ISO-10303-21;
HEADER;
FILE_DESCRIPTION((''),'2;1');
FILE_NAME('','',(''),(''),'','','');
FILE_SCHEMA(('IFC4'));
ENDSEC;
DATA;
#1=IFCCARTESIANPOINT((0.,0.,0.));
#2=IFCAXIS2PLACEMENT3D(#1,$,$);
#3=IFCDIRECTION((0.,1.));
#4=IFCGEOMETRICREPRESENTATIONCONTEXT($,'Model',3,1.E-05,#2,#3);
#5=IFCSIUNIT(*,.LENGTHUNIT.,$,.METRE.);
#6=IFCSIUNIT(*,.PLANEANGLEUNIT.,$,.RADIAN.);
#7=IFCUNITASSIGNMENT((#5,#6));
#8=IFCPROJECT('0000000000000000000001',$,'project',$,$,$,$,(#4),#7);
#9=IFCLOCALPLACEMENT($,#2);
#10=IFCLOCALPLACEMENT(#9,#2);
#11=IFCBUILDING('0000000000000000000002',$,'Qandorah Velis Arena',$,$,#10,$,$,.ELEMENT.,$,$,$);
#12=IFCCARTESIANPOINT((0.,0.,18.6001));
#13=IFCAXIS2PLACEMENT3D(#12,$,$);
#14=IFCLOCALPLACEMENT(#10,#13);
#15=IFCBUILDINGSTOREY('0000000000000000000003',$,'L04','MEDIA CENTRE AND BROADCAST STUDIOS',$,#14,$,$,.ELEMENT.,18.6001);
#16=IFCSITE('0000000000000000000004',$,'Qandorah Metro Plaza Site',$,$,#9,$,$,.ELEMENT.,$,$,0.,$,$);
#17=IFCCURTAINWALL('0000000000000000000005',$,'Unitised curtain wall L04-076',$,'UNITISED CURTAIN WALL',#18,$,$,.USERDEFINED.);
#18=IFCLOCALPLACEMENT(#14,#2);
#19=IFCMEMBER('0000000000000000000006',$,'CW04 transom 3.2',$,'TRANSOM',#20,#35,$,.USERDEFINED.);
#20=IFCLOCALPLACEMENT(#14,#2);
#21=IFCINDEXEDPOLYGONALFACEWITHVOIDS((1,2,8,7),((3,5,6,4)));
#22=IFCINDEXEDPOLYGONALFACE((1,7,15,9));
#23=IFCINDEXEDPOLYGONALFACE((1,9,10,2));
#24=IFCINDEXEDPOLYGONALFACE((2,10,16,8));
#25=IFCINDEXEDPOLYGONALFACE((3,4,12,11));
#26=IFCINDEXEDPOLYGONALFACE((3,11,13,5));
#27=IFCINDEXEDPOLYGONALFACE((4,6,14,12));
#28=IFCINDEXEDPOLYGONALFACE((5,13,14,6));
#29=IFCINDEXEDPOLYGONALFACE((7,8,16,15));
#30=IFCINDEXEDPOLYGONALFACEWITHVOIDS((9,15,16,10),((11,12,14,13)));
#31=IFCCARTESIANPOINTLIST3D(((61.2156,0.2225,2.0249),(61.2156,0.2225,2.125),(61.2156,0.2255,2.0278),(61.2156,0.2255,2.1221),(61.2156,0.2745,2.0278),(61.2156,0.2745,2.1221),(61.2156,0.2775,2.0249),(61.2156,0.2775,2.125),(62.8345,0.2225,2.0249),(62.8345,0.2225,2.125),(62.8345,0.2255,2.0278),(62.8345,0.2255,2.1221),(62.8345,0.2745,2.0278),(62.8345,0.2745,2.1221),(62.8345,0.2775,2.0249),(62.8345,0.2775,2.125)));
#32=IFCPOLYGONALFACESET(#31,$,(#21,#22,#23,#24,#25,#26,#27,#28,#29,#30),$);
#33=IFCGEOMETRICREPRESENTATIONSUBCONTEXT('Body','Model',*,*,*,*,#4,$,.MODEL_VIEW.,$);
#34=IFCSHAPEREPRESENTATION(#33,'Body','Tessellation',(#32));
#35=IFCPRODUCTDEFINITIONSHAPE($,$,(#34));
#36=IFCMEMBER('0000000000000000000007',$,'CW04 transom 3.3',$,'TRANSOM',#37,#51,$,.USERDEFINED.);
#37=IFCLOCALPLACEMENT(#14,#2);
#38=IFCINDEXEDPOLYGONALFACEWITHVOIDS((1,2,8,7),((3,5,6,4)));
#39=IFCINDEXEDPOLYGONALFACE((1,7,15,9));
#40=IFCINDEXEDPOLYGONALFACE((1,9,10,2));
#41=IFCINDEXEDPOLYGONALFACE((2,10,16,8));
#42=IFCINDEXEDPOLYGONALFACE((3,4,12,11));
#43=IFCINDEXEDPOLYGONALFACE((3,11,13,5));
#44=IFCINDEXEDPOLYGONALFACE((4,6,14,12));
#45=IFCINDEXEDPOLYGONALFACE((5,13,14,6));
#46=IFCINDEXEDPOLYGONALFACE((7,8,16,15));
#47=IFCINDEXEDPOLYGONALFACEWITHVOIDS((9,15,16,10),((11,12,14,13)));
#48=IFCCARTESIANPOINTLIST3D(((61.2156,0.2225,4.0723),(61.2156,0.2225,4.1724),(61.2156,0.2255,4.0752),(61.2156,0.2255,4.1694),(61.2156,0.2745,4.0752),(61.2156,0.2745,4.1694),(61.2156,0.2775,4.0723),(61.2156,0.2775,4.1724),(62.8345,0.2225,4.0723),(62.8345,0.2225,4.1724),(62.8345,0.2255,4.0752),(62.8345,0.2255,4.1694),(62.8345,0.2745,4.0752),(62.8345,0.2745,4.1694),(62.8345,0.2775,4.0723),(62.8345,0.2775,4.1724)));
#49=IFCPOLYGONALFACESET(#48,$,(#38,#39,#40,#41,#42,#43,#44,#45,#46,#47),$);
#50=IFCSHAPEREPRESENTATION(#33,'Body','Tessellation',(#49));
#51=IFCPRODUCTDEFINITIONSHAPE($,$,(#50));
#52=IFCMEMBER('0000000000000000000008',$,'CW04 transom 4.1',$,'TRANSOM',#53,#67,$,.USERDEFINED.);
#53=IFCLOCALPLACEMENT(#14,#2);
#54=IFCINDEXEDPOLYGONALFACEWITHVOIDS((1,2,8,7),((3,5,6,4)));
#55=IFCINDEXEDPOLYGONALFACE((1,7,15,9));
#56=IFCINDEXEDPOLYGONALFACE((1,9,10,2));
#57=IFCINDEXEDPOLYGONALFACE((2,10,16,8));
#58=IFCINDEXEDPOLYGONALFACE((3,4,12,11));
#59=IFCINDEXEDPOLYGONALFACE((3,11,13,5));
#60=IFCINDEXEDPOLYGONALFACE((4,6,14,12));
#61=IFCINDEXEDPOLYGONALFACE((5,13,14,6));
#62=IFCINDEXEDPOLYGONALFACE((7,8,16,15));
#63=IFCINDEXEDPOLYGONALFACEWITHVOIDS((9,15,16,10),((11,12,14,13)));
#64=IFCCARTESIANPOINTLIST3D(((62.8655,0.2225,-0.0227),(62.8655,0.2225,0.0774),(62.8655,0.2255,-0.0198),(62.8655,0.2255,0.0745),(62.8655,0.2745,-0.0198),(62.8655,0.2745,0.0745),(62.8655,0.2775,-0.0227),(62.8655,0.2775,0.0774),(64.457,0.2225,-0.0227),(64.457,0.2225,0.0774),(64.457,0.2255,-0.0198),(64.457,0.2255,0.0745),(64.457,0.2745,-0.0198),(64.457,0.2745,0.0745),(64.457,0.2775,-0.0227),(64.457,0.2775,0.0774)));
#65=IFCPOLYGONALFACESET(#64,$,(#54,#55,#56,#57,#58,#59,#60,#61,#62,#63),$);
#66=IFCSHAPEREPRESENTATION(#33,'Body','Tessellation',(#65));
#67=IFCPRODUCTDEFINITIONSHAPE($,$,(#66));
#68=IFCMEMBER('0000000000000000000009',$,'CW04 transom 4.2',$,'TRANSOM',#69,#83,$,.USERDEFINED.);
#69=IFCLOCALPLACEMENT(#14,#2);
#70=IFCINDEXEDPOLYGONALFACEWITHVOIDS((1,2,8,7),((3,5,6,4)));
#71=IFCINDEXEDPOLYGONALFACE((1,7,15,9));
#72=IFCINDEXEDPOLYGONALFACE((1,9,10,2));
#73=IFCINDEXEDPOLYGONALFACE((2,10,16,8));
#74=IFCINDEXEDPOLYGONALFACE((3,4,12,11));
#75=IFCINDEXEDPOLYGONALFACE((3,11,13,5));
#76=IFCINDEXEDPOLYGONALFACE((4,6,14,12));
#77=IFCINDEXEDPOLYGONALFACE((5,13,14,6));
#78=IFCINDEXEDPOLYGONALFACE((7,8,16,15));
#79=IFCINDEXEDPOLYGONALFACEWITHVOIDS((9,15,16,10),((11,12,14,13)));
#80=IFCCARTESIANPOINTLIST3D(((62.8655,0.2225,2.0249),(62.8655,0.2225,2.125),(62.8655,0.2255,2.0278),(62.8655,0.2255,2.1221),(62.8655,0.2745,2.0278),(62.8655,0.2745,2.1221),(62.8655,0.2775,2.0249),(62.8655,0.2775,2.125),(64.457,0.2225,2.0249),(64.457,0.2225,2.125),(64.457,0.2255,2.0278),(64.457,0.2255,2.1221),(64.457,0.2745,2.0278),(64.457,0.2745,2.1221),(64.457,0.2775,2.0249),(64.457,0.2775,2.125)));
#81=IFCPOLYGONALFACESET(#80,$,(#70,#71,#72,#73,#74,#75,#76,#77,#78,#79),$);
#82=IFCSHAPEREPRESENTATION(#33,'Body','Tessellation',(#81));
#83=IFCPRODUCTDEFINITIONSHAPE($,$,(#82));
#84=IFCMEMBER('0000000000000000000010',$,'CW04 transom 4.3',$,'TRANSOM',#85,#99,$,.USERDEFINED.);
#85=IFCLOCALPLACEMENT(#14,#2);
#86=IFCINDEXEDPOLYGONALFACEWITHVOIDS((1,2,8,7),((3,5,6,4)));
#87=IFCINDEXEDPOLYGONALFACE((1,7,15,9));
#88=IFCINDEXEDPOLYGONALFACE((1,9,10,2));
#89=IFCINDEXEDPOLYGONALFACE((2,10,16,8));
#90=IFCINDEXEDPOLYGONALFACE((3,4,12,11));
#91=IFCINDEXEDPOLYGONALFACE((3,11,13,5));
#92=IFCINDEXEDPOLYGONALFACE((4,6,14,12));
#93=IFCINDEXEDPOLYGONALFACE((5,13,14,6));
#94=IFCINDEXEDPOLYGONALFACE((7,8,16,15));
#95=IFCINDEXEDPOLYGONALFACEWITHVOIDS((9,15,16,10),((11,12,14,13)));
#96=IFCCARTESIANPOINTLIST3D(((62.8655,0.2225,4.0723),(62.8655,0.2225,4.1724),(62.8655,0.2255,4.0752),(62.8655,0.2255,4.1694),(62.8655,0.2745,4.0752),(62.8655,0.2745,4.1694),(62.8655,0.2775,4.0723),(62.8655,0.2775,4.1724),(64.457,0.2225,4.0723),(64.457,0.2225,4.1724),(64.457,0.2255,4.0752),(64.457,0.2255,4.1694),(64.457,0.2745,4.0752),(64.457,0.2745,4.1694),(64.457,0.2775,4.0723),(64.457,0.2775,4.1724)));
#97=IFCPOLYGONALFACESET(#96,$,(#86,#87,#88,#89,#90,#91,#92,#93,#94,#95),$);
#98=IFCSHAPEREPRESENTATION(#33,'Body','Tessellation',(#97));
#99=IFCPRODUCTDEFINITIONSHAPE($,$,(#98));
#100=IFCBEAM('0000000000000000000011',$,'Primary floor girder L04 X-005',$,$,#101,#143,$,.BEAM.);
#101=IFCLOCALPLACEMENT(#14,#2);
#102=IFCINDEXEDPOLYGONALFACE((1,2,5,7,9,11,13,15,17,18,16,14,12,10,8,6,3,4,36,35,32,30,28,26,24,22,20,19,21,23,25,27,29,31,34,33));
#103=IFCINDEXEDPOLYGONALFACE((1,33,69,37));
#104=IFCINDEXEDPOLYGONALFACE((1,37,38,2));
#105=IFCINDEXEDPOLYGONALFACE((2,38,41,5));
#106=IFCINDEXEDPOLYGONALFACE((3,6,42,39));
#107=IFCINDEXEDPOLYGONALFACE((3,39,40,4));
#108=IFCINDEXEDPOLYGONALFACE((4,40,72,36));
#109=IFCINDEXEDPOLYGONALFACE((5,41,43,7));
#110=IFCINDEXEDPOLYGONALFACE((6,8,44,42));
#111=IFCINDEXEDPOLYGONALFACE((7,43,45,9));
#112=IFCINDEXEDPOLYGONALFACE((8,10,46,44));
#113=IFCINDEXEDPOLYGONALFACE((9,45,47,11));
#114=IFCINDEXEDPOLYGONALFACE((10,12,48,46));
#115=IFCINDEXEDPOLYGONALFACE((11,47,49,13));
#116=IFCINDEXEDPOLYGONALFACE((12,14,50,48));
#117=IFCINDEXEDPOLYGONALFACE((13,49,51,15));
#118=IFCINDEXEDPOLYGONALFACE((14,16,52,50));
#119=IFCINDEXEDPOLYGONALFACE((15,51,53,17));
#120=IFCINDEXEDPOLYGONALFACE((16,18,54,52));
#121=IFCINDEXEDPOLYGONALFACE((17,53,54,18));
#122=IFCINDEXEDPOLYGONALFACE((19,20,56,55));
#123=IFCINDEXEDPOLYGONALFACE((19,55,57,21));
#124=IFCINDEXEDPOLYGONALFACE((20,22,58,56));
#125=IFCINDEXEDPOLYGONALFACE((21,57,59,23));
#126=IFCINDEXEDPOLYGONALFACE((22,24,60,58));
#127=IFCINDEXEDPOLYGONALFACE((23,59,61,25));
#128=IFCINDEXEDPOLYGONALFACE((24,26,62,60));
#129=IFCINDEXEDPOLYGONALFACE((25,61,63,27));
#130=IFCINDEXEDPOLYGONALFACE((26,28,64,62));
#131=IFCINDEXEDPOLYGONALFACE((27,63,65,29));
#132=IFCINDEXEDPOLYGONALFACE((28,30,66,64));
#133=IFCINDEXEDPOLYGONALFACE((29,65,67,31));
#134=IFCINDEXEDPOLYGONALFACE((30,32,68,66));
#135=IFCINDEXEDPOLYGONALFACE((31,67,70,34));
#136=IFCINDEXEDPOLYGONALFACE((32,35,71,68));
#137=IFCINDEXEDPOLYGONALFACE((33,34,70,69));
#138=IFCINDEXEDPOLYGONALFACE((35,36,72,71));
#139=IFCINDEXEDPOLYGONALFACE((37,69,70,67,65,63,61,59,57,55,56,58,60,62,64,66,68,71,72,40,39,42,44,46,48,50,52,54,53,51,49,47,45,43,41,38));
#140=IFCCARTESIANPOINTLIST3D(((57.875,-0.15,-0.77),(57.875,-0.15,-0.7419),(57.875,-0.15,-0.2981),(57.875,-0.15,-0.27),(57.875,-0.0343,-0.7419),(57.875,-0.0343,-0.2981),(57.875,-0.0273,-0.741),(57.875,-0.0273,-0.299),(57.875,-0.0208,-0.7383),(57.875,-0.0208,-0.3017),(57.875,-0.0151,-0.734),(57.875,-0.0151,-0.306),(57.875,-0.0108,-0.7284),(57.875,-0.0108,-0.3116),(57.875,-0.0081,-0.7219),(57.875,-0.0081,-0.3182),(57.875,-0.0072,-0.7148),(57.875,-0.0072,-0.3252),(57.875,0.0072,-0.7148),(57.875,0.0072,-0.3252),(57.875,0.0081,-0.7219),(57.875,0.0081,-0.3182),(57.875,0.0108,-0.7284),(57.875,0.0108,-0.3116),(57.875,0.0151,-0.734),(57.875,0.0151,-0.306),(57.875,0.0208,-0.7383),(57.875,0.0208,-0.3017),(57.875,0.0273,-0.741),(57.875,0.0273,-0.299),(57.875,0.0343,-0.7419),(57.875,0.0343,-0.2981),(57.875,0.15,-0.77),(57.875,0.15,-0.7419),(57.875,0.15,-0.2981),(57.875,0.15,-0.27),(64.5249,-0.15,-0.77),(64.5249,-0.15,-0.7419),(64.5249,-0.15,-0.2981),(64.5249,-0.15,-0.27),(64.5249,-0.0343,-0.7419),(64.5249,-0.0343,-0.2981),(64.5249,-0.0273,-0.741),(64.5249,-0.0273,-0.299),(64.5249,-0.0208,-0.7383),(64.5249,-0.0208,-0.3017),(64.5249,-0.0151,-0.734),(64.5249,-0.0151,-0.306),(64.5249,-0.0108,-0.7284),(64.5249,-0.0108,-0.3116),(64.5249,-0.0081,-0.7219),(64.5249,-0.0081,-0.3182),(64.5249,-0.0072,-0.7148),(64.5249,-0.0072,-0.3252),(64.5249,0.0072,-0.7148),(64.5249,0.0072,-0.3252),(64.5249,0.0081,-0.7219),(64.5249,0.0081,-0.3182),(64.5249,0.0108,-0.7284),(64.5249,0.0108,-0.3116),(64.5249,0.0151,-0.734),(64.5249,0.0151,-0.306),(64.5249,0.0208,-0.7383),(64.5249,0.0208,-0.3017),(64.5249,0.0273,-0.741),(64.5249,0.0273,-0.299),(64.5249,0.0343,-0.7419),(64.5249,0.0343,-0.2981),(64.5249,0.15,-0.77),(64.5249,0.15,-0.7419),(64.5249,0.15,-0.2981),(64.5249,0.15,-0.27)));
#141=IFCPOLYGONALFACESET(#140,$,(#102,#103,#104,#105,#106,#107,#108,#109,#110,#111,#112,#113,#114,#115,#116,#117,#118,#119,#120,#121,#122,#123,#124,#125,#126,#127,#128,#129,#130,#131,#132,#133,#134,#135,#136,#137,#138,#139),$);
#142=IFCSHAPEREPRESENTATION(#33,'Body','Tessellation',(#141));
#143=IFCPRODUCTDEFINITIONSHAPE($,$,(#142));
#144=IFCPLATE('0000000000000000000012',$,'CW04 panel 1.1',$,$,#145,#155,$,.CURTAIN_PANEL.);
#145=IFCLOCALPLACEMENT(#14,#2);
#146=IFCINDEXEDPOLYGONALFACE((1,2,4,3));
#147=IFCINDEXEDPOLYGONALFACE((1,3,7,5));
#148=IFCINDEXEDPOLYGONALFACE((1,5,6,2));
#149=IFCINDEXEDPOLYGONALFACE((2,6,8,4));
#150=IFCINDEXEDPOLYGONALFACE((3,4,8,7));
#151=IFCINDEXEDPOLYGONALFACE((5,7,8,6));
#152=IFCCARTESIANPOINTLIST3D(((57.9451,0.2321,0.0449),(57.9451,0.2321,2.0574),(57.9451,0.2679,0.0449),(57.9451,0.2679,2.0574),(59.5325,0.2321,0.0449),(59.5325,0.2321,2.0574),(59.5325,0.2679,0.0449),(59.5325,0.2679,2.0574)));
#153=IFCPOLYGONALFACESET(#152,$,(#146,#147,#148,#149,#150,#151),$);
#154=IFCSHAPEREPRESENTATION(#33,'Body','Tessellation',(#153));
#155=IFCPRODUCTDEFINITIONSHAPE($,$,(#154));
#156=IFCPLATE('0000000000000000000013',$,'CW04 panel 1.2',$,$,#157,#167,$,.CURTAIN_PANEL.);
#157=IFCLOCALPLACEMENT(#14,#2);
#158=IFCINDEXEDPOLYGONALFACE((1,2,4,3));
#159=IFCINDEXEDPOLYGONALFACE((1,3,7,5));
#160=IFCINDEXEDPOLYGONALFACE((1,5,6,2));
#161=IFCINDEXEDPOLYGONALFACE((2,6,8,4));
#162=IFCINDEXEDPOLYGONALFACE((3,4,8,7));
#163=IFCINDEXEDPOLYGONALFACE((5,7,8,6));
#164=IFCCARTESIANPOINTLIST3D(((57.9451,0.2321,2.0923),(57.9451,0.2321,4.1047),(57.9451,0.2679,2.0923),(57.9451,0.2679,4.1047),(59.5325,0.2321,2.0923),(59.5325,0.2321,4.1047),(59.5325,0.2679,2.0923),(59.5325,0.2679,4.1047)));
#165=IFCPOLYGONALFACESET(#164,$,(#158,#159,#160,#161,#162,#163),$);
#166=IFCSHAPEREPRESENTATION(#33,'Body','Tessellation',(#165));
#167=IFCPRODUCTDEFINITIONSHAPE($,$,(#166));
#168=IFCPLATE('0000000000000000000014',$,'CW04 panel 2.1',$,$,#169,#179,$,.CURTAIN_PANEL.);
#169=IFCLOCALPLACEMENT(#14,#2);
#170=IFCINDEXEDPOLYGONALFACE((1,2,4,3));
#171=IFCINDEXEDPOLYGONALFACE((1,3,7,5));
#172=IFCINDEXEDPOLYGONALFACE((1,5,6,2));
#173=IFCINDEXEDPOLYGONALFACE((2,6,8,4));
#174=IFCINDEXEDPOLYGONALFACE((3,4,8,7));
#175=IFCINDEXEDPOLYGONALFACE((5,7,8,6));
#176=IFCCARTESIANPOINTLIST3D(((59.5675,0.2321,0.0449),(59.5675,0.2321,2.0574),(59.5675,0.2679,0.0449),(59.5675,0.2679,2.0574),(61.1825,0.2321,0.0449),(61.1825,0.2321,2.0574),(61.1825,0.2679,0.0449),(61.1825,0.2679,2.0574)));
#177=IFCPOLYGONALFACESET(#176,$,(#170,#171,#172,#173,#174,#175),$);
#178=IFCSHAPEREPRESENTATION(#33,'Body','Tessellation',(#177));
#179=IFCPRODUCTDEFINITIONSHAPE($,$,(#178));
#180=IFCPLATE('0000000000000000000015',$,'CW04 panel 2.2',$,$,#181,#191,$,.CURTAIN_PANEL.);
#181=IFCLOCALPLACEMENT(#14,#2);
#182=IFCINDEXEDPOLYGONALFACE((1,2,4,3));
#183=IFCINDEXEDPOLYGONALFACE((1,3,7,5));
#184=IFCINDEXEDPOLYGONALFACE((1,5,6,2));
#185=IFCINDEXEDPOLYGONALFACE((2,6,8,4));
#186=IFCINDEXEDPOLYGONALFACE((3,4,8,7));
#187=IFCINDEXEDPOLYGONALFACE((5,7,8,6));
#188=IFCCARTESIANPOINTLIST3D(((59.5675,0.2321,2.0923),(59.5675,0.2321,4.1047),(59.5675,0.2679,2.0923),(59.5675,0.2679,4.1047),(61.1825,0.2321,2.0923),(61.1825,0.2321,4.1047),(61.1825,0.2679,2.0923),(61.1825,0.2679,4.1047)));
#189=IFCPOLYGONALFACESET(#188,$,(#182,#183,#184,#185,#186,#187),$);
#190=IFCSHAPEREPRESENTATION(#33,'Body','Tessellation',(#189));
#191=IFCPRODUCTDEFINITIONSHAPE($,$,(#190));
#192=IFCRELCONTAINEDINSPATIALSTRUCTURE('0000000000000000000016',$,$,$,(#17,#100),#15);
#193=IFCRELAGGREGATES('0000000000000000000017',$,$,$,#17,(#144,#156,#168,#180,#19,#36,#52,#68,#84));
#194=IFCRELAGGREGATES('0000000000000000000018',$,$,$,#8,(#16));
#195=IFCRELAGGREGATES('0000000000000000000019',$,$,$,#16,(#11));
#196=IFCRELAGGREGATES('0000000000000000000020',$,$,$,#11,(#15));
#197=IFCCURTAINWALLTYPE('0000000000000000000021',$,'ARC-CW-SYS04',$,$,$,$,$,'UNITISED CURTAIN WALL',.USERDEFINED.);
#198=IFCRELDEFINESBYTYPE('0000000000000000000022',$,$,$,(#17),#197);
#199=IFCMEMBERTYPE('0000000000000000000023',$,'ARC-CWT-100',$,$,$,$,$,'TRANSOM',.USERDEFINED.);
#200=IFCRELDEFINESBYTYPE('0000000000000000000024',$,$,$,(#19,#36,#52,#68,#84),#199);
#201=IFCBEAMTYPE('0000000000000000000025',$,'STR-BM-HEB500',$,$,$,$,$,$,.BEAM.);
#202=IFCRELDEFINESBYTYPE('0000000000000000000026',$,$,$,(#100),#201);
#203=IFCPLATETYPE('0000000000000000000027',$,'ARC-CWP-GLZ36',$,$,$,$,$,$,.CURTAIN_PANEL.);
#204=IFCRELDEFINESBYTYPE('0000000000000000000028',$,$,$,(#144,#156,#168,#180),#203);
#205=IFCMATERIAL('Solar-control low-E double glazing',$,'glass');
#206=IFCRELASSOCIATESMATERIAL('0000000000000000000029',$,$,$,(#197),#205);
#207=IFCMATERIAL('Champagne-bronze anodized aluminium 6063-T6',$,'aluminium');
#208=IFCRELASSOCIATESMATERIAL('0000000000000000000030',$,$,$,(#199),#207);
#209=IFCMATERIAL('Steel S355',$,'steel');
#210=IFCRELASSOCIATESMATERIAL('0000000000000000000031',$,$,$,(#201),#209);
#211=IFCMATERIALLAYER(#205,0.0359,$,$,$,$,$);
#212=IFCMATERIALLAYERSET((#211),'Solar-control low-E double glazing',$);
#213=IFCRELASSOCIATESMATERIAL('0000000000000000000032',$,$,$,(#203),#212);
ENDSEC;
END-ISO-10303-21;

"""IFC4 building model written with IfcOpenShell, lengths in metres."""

from ifc_helpers import new_model, si_unit, direction, frame, origin, origin_2d, place, context, subcontext, project, spatial, rectangle, hollow_rectangle, i_section, extrude, material, layer, layer_set, material_profile, profile_set, type_object, element, aggregate, save


model = new_model("IFC4")

# Units and contexts
model_context = context("Model", 3, precision=1e-05, world=origin(), true_north=direction((0.0, 1.0)))
body_context = subcontext(model_context, "Body", "Model", "MODEL_VIEW")
ifc_project = project(units=[si_unit("LENGTHUNIT", "METRE"), si_unit("PLANEANGLEUNIT", "RADIAN")], contexts=[model_context])

# Site, building, storey
site_placement = place(None, origin())
site = spatial("IfcSite", under=ifc_project, at=site_placement, Name="Qandorah Metro Plaza Site", CompositionType="ELEMENT", RefElevation=0.0)
building_placement = place(site_placement, origin())
building = spatial("IfcBuilding", under=site, at=building_placement, Name="Qandorah Velis Arena", CompositionType="ELEMENT")
storey_placement = place(building_placement, frame((0.0, 0.0, 18.6001)))
storey = spatial("IfcBuildingStorey", under=building, at=storey_placement, Name="L04", Description="MEDIA CENTRE AND BROADCAST STUDIOS", CompositionType="ELEMENT", Elevation=18.6001)

# Curtain wall, members
ifc_material_1 = material(Name="Solar-control low-E double glazing", Category="glass")
curtain_wall_type = type_object("IfcCurtainWallType", Name="ARC-CW-SYS04", ElementType="UNITISED CURTAIN WALL", PredefinedType="USERDEFINED", material=ifc_material_1)
curtain_wall_placement = place(storey_placement, origin())
curtain_wall = element("IfcCurtainWall", 1, at=curtain_wall_placement, inside=storey, type_object=curtain_wall_type, Name="Unitised curtain wall L04-076", ObjectType="UNITISED CURTAIN WALL", PredefinedType="USERDEFINED")
ifc_material_2 = material(Name="Champagne-bronze anodized aluminium 6063-T6", Category="aluminium")
ifc_material_profile_1 = material_profile(ifc_material_2, hollow_rectangle(XDim=0.0549, YDim=0.1001, WallThickness=0.0029, at=origin_2d()), Name="ALU TRANSOM 55x100")
ifc_profile_set_1 = profile_set([ifc_material_profile_1], Name="Champagne-bronze anodized aluminium 6063-T6")
member_type_1 = type_object("IfcMemberType", Name="ARC-CWT-100", ElementType="TRANSOM", PredefinedType="USERDEFINED", material=ifc_profile_set_1)
member_1_placement = place(storey_placement, frame((61.2156, 0.25, 2.075), z_axis=(1.0, 0.0, 0.0), x_axis=(0.0, 1.0, 0.0)))
member_1 = element("IfcMember", 2, at=member_1_placement, type_object=member_type_1, Name="CW04 transom 3.2", ObjectType="TRANSOM", PredefinedType="USERDEFINED", context=body_context, shape_type="SweptSolid", body=[
    extrude(hollow_rectangle(XDim=0.0549, YDim=0.1001, WallThickness=0.0029, at=origin_2d()), origin(), (0.0, 0.0, 1.0), 1.6189),
])
member_2_placement = place(storey_placement, frame((61.2156, 0.25, 4.1223), z_axis=(1.0, 0.0, 0.0), x_axis=(0.0, 1.0, 0.0)))
member_2 = element("IfcMember", 3, at=member_2_placement, type_object=member_type_1, Name="CW04 transom 3.3", ObjectType="TRANSOM", PredefinedType="USERDEFINED", context=body_context, shape_type="SweptSolid", body=[
    extrude(hollow_rectangle(XDim=0.0549, YDim=0.1001, WallThickness=0.0029, at=origin_2d()), origin(), (0.0, 0.0, 1.0), 1.6189),
])
member_3_placement = place(storey_placement, frame((62.8655, 0.25, 0.0273), z_axis=(1.0, 0.0, 0.0), x_axis=(0.0, 1.0, 0.0)))
member_3 = element("IfcMember", 4, at=member_3_placement, type_object=member_type_1, Name="CW04 transom 4.1", ObjectType="TRANSOM", PredefinedType="USERDEFINED", context=body_context, shape_type="SweptSolid", body=[
    extrude(hollow_rectangle(XDim=0.0549, YDim=0.1001, WallThickness=0.0029, at=origin_2d()), origin(), (0.0, 0.0, 1.0), 1.5916),
])
member_4_placement = place(storey_placement, frame((62.8655, 0.25, 2.075), z_axis=(1.0, 0.0, 0.0), x_axis=(0.0, 1.0, 0.0)))
member_4 = element("IfcMember", 5, at=member_4_placement, type_object=member_type_1, Name="CW04 transom 4.2", ObjectType="TRANSOM", PredefinedType="USERDEFINED", context=body_context, shape_type="SweptSolid", body=[
    extrude(hollow_rectangle(XDim=0.0549, YDim=0.1001, WallThickness=0.0029, at=origin_2d()), origin(), (0.0, 0.0, 1.0), 1.5916),
])
member_5_placement = place(storey_placement, frame((62.8655, 0.25, 4.1223), z_axis=(1.0, 0.0, 0.0), x_axis=(0.0, 1.0, 0.0)))
member_5 = element("IfcMember", 6, at=member_5_placement, type_object=member_type_1, Name="CW04 transom 4.3", ObjectType="TRANSOM", PredefinedType="USERDEFINED", context=body_context, shape_type="SweptSolid", body=[
    extrude(hollow_rectangle(XDim=0.0549, YDim=0.1001, WallThickness=0.0029, at=origin_2d()), origin(), (0.0, 0.0, 1.0), 1.5916),
])

# Beam
ifc_material_3 = material(Name="Steel S355", Category="steel")
ifc_material_profile_2 = material_profile(ifc_material_3, i_section(OverallWidth=0.3, OverallDepth=0.5, WebThickness=0.0144, FlangeThickness=0.0281, FilletRadius=0.0271, at=origin_2d()), Name="HEB 500")
ifc_profile_set_2 = profile_set([ifc_material_profile_2], Name="Steel S355")
beam_type = type_object("IfcBeamType", Name="STR-BM-HEB500", PredefinedType="BEAM", material=ifc_profile_set_2)
beam_placement = place(storey_placement, frame((57.875, 0.0, -0.52), z_axis=(1.0, 0.0, 0.0), x_axis=(0.0, 1.0, 0.0)))
element("IfcBeam", 7, at=beam_placement, inside=storey, type_object=beam_type, Name="Primary floor girder L04 X-005", PredefinedType="BEAM", context=body_context, shape_type="SweptSolid", body=[
    extrude(i_section(OverallWidth=0.3, OverallDepth=0.5, WebThickness=0.0144, FlangeThickness=0.0281, FilletRadius=0.0271, at=origin_2d()), origin(), (0.0, 0.0, 1.0), 6.6499),
])

# Plates
ifc_layer_1 = layer(ifc_material_1, 0.0359)
ifc_layer_set_1 = layer_set([ifc_layer_1], Name="Solar-control low-E double glazing")
plate_type = type_object("IfcPlateType", Name="ARC-CWP-GLZ36", PredefinedType="CURTAIN_PANEL", material=ifc_layer_set_1)
plate_1_placement = place(storey_placement, frame((58.7388, 0.25, 0.0449), z_axis=(0.0, 0.0, 1.0), x_axis=(1.0, 0.0, 0.0)))
plate_1 = element("IfcPlate", 8, at=plate_1_placement, type_object=plate_type, Name="CW04 panel 1.1", PredefinedType="CURTAIN_PANEL", context=body_context, shape_type="SweptSolid", body=[
    extrude(rectangle(XDim=1.5874, YDim=0.0359, at=origin_2d()), origin(), (0.0, 0.0, 1.0), 2.0125),
])
plate_2_placement = place(storey_placement, frame((58.7388, 0.25, 2.0923), z_axis=(0.0, 0.0, 1.0), x_axis=(1.0, 0.0, 0.0)))
plate_2 = element("IfcPlate", 9, at=plate_2_placement, type_object=plate_type, Name="CW04 panel 1.2", PredefinedType="CURTAIN_PANEL", context=body_context, shape_type="SweptSolid", body=[
    extrude(rectangle(XDim=1.5874, YDim=0.0359, at=origin_2d()), origin(), (0.0, 0.0, 1.0), 2.0125),
])
plate_3_placement = place(storey_placement, frame((60.375, 0.25, 0.0449), z_axis=(0.0, 0.0, 1.0), x_axis=(1.0, 0.0, 0.0)))
plate_3 = element("IfcPlate", 10, at=plate_3_placement, type_object=plate_type, Name="CW04 panel 2.1", PredefinedType="CURTAIN_PANEL", context=body_context, shape_type="SweptSolid", body=[
    extrude(rectangle(XDim=1.615, YDim=0.0359, at=origin_2d()), origin(), (0.0, 0.0, 1.0), 2.0125),
])
plate_4_placement = place(storey_placement, frame((60.375, 0.25, 2.0923), z_axis=(0.0, 0.0, 1.0), x_axis=(1.0, 0.0, 0.0)))
plate_4 = element("IfcPlate", 11, at=plate_4_placement, type_object=plate_type, Name="CW04 panel 2.2", PredefinedType="CURTAIN_PANEL", context=body_context, shape_type="SweptSolid", body=[
    extrude(rectangle(XDim=1.615, YDim=0.0359, at=origin_2d()), origin(), (0.0, 0.0, 1.0), 2.0125),
])
aggregate(curtain_wall, [plate_1, plate_2, plate_3, plate_4, member_1, member_2, member_3, member_4, member_5])

save(model, "model.ifc")
